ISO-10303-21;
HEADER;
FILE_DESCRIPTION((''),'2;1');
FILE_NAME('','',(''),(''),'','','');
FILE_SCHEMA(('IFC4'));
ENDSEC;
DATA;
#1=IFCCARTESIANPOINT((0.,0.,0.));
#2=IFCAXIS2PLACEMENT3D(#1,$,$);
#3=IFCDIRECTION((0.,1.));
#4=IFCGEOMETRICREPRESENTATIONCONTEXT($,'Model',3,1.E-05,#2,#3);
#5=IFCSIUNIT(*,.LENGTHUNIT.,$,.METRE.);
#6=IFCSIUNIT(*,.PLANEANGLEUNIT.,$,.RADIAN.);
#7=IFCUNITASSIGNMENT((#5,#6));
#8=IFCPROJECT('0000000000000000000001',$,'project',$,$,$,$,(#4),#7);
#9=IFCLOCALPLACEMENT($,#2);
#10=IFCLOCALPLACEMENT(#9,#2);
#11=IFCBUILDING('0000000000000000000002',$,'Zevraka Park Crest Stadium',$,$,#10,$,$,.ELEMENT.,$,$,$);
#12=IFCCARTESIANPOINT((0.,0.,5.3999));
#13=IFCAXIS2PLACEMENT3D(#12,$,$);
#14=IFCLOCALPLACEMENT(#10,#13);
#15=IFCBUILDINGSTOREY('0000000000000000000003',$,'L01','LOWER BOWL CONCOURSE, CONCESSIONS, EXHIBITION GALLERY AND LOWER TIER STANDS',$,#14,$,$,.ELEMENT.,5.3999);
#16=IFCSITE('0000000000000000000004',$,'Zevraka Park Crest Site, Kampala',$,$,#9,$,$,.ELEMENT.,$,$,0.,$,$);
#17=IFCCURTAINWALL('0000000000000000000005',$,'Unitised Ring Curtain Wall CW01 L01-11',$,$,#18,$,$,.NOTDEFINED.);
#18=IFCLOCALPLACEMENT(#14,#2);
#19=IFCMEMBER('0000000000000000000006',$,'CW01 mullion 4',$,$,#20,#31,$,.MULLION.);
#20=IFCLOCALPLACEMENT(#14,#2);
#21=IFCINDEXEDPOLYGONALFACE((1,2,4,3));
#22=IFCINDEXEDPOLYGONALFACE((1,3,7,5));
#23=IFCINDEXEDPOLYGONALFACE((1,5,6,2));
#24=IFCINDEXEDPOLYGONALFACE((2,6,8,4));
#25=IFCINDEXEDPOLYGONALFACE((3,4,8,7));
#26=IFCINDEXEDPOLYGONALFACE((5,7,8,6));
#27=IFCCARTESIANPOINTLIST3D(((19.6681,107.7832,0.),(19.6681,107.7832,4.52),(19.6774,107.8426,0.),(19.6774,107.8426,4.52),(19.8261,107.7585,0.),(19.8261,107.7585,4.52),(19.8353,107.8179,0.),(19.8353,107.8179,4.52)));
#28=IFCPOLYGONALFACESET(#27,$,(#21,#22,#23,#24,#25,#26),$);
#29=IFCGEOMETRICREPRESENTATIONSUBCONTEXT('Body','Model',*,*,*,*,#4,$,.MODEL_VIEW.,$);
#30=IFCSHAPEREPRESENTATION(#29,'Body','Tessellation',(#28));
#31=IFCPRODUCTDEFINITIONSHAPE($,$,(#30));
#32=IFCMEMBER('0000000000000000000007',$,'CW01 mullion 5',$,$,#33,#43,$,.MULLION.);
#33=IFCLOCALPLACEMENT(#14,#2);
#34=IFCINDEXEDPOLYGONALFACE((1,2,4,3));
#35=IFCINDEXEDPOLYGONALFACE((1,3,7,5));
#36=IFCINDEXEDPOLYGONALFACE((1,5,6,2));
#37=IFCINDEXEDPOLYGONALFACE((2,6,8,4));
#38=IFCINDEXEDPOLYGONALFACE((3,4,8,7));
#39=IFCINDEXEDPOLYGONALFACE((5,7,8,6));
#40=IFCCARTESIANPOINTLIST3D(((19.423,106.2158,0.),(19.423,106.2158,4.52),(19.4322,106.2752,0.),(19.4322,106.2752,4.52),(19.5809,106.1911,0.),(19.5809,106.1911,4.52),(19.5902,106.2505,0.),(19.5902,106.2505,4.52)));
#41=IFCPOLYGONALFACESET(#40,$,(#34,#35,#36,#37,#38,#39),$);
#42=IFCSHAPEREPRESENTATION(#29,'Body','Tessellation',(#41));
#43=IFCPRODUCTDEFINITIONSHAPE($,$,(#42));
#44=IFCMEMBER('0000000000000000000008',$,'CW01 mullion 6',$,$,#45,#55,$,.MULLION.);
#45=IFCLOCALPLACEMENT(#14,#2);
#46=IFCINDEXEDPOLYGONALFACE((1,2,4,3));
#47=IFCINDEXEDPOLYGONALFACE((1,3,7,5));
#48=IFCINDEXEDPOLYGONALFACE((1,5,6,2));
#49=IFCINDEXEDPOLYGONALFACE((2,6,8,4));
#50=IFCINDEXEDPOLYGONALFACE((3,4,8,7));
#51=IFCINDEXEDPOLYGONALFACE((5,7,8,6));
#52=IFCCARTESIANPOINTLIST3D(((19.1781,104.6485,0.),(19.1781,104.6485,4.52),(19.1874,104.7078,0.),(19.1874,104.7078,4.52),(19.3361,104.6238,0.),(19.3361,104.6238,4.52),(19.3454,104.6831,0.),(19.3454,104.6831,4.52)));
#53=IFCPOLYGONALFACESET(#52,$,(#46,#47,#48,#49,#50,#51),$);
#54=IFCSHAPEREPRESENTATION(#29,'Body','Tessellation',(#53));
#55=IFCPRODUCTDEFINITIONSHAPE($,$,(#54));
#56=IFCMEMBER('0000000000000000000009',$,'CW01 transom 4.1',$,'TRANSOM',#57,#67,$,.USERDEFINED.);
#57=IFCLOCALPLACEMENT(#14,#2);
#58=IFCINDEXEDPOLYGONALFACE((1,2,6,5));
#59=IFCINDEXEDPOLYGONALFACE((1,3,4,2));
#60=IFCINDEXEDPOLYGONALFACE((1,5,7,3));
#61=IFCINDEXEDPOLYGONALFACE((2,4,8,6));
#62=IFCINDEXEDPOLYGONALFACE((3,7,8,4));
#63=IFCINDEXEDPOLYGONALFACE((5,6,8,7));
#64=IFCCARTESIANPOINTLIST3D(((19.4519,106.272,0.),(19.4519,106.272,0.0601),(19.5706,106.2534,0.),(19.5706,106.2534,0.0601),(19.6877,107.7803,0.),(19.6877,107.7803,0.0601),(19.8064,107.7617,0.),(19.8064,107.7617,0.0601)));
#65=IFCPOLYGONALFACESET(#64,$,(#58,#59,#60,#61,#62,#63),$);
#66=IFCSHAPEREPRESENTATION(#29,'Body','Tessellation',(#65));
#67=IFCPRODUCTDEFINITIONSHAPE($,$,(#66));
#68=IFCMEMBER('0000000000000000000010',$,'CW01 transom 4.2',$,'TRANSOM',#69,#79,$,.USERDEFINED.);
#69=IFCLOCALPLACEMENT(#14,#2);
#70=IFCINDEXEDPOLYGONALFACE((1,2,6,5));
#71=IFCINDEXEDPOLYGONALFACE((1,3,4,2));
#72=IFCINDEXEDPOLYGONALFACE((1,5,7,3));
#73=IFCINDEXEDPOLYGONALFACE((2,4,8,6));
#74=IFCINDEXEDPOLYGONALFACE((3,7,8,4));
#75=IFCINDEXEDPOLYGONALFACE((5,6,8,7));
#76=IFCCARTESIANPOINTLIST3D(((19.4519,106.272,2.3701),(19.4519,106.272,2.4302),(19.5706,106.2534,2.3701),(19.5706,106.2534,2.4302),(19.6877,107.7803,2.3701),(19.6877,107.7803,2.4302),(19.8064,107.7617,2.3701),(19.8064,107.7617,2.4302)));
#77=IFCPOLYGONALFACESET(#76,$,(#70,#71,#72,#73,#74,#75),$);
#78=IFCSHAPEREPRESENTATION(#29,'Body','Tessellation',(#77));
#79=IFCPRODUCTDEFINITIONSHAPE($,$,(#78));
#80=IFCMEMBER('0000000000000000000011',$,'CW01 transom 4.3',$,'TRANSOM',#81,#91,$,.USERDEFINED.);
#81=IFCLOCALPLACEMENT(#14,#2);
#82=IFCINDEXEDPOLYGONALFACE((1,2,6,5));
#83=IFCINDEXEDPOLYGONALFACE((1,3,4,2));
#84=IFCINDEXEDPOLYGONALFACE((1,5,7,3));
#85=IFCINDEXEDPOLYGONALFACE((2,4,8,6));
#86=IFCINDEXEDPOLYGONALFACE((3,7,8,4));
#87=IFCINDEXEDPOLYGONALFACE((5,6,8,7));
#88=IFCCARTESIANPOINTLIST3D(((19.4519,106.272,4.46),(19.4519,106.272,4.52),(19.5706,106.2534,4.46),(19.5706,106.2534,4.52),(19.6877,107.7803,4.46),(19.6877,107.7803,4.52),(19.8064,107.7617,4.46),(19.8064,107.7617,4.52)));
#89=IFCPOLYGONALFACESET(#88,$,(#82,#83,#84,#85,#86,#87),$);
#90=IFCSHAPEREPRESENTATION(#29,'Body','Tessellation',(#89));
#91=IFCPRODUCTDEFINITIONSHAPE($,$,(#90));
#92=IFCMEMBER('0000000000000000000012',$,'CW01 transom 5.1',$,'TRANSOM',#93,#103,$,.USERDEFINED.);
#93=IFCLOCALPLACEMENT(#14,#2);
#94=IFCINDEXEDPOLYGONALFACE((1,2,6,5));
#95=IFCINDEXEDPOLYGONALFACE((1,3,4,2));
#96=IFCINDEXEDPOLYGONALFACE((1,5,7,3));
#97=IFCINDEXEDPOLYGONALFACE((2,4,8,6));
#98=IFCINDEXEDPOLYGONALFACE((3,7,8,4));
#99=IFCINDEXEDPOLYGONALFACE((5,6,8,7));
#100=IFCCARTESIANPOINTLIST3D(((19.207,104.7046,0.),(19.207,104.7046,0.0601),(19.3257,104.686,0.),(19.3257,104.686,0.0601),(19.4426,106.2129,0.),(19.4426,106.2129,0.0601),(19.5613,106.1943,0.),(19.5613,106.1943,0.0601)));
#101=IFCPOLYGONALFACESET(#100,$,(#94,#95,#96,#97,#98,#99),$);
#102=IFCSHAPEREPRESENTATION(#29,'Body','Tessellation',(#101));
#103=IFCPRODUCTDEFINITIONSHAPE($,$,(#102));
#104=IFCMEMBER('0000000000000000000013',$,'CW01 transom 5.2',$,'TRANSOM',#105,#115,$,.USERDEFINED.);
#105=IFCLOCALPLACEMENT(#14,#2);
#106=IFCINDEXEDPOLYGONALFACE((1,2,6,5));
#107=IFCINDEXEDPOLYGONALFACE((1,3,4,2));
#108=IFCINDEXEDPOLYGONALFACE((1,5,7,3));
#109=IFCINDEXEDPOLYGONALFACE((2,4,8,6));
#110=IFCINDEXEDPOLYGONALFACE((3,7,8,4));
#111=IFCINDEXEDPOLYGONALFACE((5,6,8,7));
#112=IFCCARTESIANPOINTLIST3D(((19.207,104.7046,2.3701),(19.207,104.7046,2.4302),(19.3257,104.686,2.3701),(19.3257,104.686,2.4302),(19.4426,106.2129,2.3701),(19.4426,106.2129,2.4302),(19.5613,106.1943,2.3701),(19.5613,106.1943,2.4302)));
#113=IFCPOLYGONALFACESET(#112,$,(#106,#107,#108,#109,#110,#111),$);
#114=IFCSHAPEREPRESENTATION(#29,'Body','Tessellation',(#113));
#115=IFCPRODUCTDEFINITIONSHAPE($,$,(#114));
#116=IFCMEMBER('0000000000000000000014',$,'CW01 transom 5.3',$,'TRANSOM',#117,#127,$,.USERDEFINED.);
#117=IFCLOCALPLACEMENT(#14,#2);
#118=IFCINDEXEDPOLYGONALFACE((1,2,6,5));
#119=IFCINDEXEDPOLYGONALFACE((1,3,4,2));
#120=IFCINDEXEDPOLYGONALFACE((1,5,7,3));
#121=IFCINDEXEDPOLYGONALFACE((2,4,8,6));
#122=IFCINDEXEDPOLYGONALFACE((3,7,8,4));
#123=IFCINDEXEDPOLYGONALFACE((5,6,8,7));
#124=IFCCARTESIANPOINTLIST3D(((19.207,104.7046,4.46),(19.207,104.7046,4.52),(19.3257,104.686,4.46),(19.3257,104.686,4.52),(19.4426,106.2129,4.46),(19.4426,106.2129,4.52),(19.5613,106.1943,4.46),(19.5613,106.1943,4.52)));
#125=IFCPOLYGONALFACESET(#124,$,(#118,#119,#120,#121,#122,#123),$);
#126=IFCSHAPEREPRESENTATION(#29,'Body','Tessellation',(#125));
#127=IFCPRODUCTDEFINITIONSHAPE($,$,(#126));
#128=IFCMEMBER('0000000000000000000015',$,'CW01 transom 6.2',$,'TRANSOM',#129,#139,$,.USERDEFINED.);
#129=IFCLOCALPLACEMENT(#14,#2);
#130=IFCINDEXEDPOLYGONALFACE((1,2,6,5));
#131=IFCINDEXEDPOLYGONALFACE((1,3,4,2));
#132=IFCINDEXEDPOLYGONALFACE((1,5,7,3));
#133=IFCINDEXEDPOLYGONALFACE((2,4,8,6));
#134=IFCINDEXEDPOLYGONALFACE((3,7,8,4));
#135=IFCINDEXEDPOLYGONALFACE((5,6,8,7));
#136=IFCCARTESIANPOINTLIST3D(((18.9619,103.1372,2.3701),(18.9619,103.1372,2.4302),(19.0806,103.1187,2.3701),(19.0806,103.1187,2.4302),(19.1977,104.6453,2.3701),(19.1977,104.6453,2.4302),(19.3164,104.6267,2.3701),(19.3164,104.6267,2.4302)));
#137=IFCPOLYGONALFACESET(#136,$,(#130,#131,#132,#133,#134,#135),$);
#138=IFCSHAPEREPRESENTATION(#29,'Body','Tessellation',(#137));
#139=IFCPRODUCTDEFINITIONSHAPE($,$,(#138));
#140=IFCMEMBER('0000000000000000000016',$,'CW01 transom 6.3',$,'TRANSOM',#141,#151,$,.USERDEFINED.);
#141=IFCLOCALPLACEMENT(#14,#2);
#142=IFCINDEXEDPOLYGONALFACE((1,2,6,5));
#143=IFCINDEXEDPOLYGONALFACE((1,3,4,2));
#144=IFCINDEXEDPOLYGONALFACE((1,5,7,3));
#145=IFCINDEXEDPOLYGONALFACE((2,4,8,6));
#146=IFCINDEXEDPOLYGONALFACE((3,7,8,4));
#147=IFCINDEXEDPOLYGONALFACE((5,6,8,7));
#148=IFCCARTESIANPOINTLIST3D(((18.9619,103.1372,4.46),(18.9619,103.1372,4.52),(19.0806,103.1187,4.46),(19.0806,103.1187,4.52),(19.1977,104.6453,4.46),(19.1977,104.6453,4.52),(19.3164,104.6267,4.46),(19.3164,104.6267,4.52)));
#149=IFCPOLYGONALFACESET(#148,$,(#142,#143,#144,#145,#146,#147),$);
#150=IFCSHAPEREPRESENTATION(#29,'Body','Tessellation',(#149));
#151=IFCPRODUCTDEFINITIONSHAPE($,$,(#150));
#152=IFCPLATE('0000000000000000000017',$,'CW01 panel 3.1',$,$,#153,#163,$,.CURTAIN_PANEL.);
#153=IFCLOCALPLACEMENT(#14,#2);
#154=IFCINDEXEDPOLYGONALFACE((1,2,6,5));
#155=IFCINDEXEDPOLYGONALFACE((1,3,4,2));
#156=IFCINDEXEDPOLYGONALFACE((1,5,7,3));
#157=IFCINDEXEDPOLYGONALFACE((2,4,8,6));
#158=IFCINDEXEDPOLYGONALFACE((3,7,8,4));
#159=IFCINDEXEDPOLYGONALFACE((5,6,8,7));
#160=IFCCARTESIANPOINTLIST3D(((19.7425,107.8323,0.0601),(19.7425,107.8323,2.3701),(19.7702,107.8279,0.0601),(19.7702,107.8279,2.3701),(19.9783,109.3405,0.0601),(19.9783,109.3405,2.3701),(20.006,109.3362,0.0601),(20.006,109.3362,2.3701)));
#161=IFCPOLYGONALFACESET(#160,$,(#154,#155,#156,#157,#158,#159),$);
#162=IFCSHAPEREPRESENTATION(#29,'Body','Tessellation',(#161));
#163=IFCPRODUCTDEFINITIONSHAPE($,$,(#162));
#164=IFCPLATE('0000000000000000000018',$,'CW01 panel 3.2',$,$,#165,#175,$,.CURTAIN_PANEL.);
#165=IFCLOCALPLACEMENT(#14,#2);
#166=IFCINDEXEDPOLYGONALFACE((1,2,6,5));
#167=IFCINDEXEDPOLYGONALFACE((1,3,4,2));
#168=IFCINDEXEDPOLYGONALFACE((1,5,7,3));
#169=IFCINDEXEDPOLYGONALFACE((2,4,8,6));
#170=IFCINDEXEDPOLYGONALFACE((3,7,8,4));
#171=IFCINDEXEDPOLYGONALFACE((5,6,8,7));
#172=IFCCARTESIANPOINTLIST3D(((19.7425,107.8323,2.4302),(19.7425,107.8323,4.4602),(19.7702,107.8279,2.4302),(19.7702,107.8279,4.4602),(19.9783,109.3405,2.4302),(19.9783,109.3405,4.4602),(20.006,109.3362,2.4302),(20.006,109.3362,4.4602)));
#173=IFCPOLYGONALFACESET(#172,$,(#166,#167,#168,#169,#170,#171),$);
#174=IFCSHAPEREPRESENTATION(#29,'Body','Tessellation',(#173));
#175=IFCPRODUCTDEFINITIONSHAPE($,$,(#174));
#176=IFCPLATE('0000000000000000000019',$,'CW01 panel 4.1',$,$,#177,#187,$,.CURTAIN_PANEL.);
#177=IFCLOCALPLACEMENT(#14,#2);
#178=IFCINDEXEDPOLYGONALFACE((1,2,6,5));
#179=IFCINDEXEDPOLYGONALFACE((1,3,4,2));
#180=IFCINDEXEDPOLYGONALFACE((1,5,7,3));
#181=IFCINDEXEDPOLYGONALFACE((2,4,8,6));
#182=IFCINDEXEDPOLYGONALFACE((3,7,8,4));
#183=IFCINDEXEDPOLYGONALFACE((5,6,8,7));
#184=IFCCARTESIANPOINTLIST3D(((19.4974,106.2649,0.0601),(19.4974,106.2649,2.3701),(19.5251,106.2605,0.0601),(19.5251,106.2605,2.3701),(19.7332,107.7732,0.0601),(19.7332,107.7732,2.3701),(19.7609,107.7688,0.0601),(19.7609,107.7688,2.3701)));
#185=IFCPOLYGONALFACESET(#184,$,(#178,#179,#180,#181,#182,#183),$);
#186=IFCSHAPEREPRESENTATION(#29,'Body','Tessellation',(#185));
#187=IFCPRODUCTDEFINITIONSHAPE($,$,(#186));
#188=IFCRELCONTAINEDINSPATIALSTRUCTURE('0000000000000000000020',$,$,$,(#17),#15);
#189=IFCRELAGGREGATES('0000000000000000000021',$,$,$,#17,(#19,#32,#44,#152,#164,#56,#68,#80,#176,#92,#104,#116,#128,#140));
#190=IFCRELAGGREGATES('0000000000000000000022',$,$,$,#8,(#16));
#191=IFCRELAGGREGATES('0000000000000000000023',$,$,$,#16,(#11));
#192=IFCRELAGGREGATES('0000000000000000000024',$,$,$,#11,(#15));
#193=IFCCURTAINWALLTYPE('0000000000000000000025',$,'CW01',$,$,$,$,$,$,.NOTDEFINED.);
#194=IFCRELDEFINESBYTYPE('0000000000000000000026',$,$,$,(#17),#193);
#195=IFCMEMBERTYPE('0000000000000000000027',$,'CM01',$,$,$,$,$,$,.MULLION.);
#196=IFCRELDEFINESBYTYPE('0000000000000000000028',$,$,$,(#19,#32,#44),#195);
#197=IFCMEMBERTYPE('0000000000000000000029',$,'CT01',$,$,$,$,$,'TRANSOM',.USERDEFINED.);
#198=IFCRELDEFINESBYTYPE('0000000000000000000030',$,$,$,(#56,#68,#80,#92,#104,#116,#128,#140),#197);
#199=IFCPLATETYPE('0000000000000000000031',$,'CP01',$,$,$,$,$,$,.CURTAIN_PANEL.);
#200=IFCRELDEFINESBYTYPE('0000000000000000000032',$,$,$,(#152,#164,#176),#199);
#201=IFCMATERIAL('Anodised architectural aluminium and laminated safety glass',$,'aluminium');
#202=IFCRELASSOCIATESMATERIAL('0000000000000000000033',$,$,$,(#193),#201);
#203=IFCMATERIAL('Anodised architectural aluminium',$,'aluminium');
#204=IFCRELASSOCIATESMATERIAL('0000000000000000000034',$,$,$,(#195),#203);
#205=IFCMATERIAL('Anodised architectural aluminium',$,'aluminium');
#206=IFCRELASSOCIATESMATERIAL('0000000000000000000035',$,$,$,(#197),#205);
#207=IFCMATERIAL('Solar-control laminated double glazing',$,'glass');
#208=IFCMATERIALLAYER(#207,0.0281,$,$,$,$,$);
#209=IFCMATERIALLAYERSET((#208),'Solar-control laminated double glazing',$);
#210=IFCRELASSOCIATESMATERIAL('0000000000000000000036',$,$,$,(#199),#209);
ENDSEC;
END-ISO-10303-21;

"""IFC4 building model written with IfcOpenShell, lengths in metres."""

from ifc_helpers import new_model, si_unit, direction, frame, origin, origin_2d, place, context, subcontext, project, spatial, rectangle, extrude, material, layer, layer_set, material_profile, profile_set, type_object, element, aggregate, save


model = new_model("IFC4")

# Units and contexts
model_context = context("Model", 3, precision=1e-05, world=origin(), true_north=direction((0.0, 1.0)))
body_context = subcontext(model_context, "Body", "Model", "MODEL_VIEW")
ifc_project = project(units=[si_unit("LENGTHUNIT", "METRE"), si_unit("PLANEANGLEUNIT", "RADIAN")], contexts=[model_context])

# Site, building, storey
site_placement = place(None, origin())
site = spatial("IfcSite", under=ifc_project, at=site_placement, Name="Zevraka Park Crest Site, Kampala", CompositionType="ELEMENT", RefElevation=0.0)
building_placement = place(site_placement, origin())
building = spatial("IfcBuilding", under=site, at=building_placement, Name="Zevraka Park Crest Stadium", CompositionType="ELEMENT")
storey_placement = place(building_placement, frame((0.0, 0.0, 5.3999)))
storey = spatial("IfcBuildingStorey", under=building, at=storey_placement, Name="L01", Description="LOWER BOWL CONCOURSE, CONCESSIONS, EXHIBITION GALLERY AND LOWER TIER STANDS", CompositionType="ELEMENT", Elevation=5.3999)

# Curtain wall, members, plates
ifc_material_1 = material(Name="Anodised architectural aluminium and laminated safety glass", Category="aluminium")
curtain_wall_type = type_object("IfcCurtainWallType", Name="CW01", PredefinedType="NOTDEFINED", material=ifc_material_1)
curtain_wall_placement = place(storey_placement, origin())
curtain_wall = element("IfcCurtainWall", 1, at=curtain_wall_placement, inside=storey, type_object=curtain_wall_type, Name="Unitised Ring Curtain Wall CW01 L01-11", PredefinedType="NOTDEFINED")
ifc_material_2 = material(Name="Anodised architectural aluminium", Category="aluminium")
ifc_material_profile_1 = material_profile(ifc_material_2, rectangle(XDim=0.1599, YDim=0.0601, at=origin_2d()), Name="ALU MULLION 160x60")
ifc_profile_set_1 = profile_set([ifc_material_profile_1], Name="Anodised architectural aluminium")
member_type_1 = type_object("IfcMemberType", Name="CM01", PredefinedType="MULLION", material=ifc_profile_set_1)
member_1_placement = place(storey_placement, frame((19.7517, 107.8005, 0.0), z_axis=(0.0, 0.0, 1.0), x_axis=(0.987997, -0.154476, 0.0)))
member_1 = element("IfcMember", 2, at=member_1_placement, type_object=member_type_1, Name="CW01 mullion 4", PredefinedType="MULLION", context=body_context, shape_type="SweptSolid", body=[
    extrude(rectangle(XDim=0.1599, YDim=0.0601, at=origin_2d()), origin(), (0.0, 0.0, 1.0), 4.52),
])
member_2_placement = place(storey_placement, frame((19.5066, 106.2332, 0.0), z_axis=(0.0, 0.0, 1.0), x_axis=(0.987997, -0.154476, 0.0)))
member_2 = element("IfcMember", 3, at=member_2_placement, type_object=member_type_1, Name="CW01 mullion 5", PredefinedType="MULLION", context=body_context, shape_type="SweptSolid", body=[
    extrude(rectangle(XDim=0.1599, YDim=0.0601, at=origin_2d()), origin(), (0.0, 0.0, 1.0), 4.52),
])
member_3_placement = place(storey_placement, frame((19.2617, 104.6658, 0.0), z_axis=(0.0, 0.0, 1.0), x_axis=(0.987997, -0.154476, 0.0)))
member_3 = element("IfcMember", 4, at=member_3_placement, type_object=member_type_1, Name="CW01 mullion 6", PredefinedType="MULLION", context=body_context, shape_type="SweptSolid", body=[
    extrude(rectangle(XDim=0.1599, YDim=0.0601, at=origin_2d()), origin(), (0.0, 0.0, 1.0), 4.52),
])
ifc_material_3 = material(Name="Anodised architectural aluminium", Category="aluminium")
ifc_material_profile_2 = material_profile(ifc_material_3, rectangle(XDim=0.1201, YDim=0.0601, at=origin_2d()), Name="ALU TRANSOM 120x60")
ifc_profile_set_2 = profile_set([ifc_material_profile_2], Name="Anodised architectural aluminium")
member_type_2 = type_object("IfcMemberType", Name="CT01", ElementType="TRANSOM", PredefinedType="USERDEFINED", material=ifc_profile_set_2)
member_4_placement = place(storey_placement, frame((19.7471, 107.771, 0.03), z_axis=(-0.154484, -0.987995, 0.0), x_axis=(0.987995, -0.154484, 0.0)))
member_4 = element("IfcMember", 5, at=member_4_placement, type_object=member_type_2, Name="CW01 transom 4.1", ObjectType="TRANSOM", PredefinedType="USERDEFINED", context=body_context, shape_type="SweptSolid", body=[
    extrude(rectangle(XDim=0.1201, YDim=0.0601, at=origin_2d()), origin(), (0.0, 0.0, 1.0), 1.5266),
])
member_5_placement = place(storey_placement, frame((19.7471, 107.771, 2.4001), z_axis=(-0.154484, -0.987995, 0.0), x_axis=(0.987995, -0.154484, 0.0)))
member_5 = element("IfcMember", 6, at=member_5_placement, type_object=member_type_2, Name="CW01 transom 4.2", ObjectType="TRANSOM", PredefinedType="USERDEFINED", context=body_context, shape_type="SweptSolid", body=[
    extrude(rectangle(XDim=0.1201, YDim=0.0601, at=origin_2d()), origin(), (0.0, 0.0, 1.0), 1.5266),
])
member_6_placement = place(storey_placement, frame((19.7471, 107.771, 4.49), z_axis=(-0.154484, -0.987995, 0.0), x_axis=(0.987995, -0.154484, 0.0)))
member_6 = element("IfcMember", 7, at=member_6_placement, type_object=member_type_2, Name="CW01 transom 4.3", ObjectType="TRANSOM", PredefinedType="USERDEFINED", context=body_context, shape_type="SweptSolid", body=[
    extrude(rectangle(XDim=0.1201, YDim=0.0601, at=origin_2d()), origin(), (0.0, 0.0, 1.0), 1.5266),
])
member_7_placement = place(storey_placement, frame((19.502, 106.2036, 0.03), z_axis=(-0.154328, -0.98802, 0.0), x_axis=(0.98802, -0.154328, 0.0)))
member_7 = element("IfcMember", 8, at=member_7_placement, type_object=member_type_2, Name="CW01 transom 5.1", ObjectType="TRANSOM", PredefinedType="USERDEFINED", context=body_context, shape_type="SweptSolid", body=[
    extrude(rectangle(XDim=0.1201, YDim=0.0601, at=origin_2d()), origin(), (0.0, 0.0, 1.0), 1.5266),
])
member_8_placement = place(storey_placement, frame((19.502, 106.2036, 2.4001), z_axis=(-0.154328, -0.98802, 0.0), x_axis=(0.98802, -0.154328, 0.0)))
member_8 = element("IfcMember", 9, at=member_8_placement, type_object=member_type_2, Name="CW01 transom 5.2", ObjectType="TRANSOM", PredefinedType="USERDEFINED", context=body_context, shape_type="SweptSolid", body=[
    extrude(rectangle(XDim=0.1201, YDim=0.0601, at=origin_2d()), origin(), (0.0, 0.0, 1.0), 1.5266),
])
member_9_placement = place(storey_placement, frame((19.502, 106.2036, 4.49), z_axis=(-0.154328, -0.98802, 0.0), x_axis=(0.98802, -0.154328, 0.0)))
member_9 = element("IfcMember", 10, at=member_9_placement, type_object=member_type_2, Name="CW01 transom 5.3", ObjectType="TRANSOM", PredefinedType="USERDEFINED", context=body_context, shape_type="SweptSolid", body=[
    extrude(rectangle(XDim=0.1201, YDim=0.0601, at=origin_2d()), origin(), (0.0, 0.0, 1.0), 1.5266),
])
member_10_placement = place(storey_placement, frame((19.2571, 104.636, 2.4001), z_axis=(-0.154509, -0.987991, 0.0), x_axis=(0.987991, -0.154509, 0.0)))
member_10 = element("IfcMember", 11, at=member_10_placement, type_object=member_type_2, Name="CW01 transom 6.2", ObjectType="TRANSOM", PredefinedType="USERDEFINED", context=body_context, shape_type="SweptSolid", body=[
    extrude(rectangle(XDim=0.1201, YDim=0.0601, at=origin_2d()), origin(), (0.0, 0.0, 1.0), 1.5264),
])
member_11_placement = place(storey_placement, frame((19.2571, 104.636, 4.49), z_axis=(-0.154509, -0.987991, 0.0), x_axis=(0.987991, -0.154509, 0.0)))
member_11 = element("IfcMember", 12, at=member_11_placement, type_object=member_type_2, Name="CW01 transom 6.3", ObjectType="TRANSOM", PredefinedType="USERDEFINED", context=body_context, shape_type="SweptSolid", body=[
    extrude(rectangle(XDim=0.1201, YDim=0.0601, at=origin_2d()), origin(), (0.0, 0.0, 1.0), 1.5264),
])
ifc_material_4 = material(Name="Solar-control laminated double glazing", Category="glass")
ifc_layer_1 = layer(ifc_material_4, 0.0281)
ifc_layer_set_1 = layer_set([ifc_layer_1], Name="Solar-control laminated double glazing")
plate_type = type_object("IfcPlateType", Name="CP01", PredefinedType="CURTAIN_PANEL", material=ifc_layer_set_1)
plate_1_placement = place(storey_placement, frame((19.8743, 108.5842, 0.0601), z_axis=(0.0, 0.0, 1.0), x_axis=(-0.154476, -0.987997, 0.0)))
plate_1 = element("IfcPlate", 13, at=plate_1_placement, type_object=plate_type, Name="CW01 panel 3.1", PredefinedType="CURTAIN_PANEL", context=body_context, shape_type="SweptSolid", body=[
    extrude(rectangle(XDim=1.5266, YDim=0.0281, at=origin_2d()), origin(), (0.0, 0.0, 1.0), 2.3101),
])
plate_2_placement = place(storey_placement, frame((19.8743, 108.5842, 2.4302), z_axis=(0.0, 0.0, 1.0), x_axis=(-0.154476, -0.987997, 0.0)))
plate_2 = element("IfcPlate", 14, at=plate_2_placement, type_object=plate_type, Name="CW01 panel 3.2", PredefinedType="CURTAIN_PANEL", context=body_context, shape_type="SweptSolid", body=[
    extrude(rectangle(XDim=1.5266, YDim=0.0281, at=origin_2d()), origin(), (0.0, 0.0, 1.0), 2.03),
])
plate_3_placement = place(storey_placement, frame((19.6292, 107.0168, 0.0601), z_axis=(0.0, 0.0, 1.0), x_axis=(-0.154476, -0.987997, 0.0)))
plate_3 = element("IfcPlate", 15, at=plate_3_placement, type_object=plate_type, Name="CW01 panel 4.1", PredefinedType="CURTAIN_PANEL", context=body_context, shape_type="SweptSolid", body=[
    extrude(rectangle(XDim=1.5266, YDim=0.0281, at=origin_2d()), origin(), (0.0, 0.0, 1.0), 2.3101),
])
aggregate(curtain_wall, [member_1, member_2, member_3, plate_1, plate_2, member_4, member_5, member_6, plate_3, member_7, member_8, member_9, member_10, member_11])

save(model, "model.ifc")
